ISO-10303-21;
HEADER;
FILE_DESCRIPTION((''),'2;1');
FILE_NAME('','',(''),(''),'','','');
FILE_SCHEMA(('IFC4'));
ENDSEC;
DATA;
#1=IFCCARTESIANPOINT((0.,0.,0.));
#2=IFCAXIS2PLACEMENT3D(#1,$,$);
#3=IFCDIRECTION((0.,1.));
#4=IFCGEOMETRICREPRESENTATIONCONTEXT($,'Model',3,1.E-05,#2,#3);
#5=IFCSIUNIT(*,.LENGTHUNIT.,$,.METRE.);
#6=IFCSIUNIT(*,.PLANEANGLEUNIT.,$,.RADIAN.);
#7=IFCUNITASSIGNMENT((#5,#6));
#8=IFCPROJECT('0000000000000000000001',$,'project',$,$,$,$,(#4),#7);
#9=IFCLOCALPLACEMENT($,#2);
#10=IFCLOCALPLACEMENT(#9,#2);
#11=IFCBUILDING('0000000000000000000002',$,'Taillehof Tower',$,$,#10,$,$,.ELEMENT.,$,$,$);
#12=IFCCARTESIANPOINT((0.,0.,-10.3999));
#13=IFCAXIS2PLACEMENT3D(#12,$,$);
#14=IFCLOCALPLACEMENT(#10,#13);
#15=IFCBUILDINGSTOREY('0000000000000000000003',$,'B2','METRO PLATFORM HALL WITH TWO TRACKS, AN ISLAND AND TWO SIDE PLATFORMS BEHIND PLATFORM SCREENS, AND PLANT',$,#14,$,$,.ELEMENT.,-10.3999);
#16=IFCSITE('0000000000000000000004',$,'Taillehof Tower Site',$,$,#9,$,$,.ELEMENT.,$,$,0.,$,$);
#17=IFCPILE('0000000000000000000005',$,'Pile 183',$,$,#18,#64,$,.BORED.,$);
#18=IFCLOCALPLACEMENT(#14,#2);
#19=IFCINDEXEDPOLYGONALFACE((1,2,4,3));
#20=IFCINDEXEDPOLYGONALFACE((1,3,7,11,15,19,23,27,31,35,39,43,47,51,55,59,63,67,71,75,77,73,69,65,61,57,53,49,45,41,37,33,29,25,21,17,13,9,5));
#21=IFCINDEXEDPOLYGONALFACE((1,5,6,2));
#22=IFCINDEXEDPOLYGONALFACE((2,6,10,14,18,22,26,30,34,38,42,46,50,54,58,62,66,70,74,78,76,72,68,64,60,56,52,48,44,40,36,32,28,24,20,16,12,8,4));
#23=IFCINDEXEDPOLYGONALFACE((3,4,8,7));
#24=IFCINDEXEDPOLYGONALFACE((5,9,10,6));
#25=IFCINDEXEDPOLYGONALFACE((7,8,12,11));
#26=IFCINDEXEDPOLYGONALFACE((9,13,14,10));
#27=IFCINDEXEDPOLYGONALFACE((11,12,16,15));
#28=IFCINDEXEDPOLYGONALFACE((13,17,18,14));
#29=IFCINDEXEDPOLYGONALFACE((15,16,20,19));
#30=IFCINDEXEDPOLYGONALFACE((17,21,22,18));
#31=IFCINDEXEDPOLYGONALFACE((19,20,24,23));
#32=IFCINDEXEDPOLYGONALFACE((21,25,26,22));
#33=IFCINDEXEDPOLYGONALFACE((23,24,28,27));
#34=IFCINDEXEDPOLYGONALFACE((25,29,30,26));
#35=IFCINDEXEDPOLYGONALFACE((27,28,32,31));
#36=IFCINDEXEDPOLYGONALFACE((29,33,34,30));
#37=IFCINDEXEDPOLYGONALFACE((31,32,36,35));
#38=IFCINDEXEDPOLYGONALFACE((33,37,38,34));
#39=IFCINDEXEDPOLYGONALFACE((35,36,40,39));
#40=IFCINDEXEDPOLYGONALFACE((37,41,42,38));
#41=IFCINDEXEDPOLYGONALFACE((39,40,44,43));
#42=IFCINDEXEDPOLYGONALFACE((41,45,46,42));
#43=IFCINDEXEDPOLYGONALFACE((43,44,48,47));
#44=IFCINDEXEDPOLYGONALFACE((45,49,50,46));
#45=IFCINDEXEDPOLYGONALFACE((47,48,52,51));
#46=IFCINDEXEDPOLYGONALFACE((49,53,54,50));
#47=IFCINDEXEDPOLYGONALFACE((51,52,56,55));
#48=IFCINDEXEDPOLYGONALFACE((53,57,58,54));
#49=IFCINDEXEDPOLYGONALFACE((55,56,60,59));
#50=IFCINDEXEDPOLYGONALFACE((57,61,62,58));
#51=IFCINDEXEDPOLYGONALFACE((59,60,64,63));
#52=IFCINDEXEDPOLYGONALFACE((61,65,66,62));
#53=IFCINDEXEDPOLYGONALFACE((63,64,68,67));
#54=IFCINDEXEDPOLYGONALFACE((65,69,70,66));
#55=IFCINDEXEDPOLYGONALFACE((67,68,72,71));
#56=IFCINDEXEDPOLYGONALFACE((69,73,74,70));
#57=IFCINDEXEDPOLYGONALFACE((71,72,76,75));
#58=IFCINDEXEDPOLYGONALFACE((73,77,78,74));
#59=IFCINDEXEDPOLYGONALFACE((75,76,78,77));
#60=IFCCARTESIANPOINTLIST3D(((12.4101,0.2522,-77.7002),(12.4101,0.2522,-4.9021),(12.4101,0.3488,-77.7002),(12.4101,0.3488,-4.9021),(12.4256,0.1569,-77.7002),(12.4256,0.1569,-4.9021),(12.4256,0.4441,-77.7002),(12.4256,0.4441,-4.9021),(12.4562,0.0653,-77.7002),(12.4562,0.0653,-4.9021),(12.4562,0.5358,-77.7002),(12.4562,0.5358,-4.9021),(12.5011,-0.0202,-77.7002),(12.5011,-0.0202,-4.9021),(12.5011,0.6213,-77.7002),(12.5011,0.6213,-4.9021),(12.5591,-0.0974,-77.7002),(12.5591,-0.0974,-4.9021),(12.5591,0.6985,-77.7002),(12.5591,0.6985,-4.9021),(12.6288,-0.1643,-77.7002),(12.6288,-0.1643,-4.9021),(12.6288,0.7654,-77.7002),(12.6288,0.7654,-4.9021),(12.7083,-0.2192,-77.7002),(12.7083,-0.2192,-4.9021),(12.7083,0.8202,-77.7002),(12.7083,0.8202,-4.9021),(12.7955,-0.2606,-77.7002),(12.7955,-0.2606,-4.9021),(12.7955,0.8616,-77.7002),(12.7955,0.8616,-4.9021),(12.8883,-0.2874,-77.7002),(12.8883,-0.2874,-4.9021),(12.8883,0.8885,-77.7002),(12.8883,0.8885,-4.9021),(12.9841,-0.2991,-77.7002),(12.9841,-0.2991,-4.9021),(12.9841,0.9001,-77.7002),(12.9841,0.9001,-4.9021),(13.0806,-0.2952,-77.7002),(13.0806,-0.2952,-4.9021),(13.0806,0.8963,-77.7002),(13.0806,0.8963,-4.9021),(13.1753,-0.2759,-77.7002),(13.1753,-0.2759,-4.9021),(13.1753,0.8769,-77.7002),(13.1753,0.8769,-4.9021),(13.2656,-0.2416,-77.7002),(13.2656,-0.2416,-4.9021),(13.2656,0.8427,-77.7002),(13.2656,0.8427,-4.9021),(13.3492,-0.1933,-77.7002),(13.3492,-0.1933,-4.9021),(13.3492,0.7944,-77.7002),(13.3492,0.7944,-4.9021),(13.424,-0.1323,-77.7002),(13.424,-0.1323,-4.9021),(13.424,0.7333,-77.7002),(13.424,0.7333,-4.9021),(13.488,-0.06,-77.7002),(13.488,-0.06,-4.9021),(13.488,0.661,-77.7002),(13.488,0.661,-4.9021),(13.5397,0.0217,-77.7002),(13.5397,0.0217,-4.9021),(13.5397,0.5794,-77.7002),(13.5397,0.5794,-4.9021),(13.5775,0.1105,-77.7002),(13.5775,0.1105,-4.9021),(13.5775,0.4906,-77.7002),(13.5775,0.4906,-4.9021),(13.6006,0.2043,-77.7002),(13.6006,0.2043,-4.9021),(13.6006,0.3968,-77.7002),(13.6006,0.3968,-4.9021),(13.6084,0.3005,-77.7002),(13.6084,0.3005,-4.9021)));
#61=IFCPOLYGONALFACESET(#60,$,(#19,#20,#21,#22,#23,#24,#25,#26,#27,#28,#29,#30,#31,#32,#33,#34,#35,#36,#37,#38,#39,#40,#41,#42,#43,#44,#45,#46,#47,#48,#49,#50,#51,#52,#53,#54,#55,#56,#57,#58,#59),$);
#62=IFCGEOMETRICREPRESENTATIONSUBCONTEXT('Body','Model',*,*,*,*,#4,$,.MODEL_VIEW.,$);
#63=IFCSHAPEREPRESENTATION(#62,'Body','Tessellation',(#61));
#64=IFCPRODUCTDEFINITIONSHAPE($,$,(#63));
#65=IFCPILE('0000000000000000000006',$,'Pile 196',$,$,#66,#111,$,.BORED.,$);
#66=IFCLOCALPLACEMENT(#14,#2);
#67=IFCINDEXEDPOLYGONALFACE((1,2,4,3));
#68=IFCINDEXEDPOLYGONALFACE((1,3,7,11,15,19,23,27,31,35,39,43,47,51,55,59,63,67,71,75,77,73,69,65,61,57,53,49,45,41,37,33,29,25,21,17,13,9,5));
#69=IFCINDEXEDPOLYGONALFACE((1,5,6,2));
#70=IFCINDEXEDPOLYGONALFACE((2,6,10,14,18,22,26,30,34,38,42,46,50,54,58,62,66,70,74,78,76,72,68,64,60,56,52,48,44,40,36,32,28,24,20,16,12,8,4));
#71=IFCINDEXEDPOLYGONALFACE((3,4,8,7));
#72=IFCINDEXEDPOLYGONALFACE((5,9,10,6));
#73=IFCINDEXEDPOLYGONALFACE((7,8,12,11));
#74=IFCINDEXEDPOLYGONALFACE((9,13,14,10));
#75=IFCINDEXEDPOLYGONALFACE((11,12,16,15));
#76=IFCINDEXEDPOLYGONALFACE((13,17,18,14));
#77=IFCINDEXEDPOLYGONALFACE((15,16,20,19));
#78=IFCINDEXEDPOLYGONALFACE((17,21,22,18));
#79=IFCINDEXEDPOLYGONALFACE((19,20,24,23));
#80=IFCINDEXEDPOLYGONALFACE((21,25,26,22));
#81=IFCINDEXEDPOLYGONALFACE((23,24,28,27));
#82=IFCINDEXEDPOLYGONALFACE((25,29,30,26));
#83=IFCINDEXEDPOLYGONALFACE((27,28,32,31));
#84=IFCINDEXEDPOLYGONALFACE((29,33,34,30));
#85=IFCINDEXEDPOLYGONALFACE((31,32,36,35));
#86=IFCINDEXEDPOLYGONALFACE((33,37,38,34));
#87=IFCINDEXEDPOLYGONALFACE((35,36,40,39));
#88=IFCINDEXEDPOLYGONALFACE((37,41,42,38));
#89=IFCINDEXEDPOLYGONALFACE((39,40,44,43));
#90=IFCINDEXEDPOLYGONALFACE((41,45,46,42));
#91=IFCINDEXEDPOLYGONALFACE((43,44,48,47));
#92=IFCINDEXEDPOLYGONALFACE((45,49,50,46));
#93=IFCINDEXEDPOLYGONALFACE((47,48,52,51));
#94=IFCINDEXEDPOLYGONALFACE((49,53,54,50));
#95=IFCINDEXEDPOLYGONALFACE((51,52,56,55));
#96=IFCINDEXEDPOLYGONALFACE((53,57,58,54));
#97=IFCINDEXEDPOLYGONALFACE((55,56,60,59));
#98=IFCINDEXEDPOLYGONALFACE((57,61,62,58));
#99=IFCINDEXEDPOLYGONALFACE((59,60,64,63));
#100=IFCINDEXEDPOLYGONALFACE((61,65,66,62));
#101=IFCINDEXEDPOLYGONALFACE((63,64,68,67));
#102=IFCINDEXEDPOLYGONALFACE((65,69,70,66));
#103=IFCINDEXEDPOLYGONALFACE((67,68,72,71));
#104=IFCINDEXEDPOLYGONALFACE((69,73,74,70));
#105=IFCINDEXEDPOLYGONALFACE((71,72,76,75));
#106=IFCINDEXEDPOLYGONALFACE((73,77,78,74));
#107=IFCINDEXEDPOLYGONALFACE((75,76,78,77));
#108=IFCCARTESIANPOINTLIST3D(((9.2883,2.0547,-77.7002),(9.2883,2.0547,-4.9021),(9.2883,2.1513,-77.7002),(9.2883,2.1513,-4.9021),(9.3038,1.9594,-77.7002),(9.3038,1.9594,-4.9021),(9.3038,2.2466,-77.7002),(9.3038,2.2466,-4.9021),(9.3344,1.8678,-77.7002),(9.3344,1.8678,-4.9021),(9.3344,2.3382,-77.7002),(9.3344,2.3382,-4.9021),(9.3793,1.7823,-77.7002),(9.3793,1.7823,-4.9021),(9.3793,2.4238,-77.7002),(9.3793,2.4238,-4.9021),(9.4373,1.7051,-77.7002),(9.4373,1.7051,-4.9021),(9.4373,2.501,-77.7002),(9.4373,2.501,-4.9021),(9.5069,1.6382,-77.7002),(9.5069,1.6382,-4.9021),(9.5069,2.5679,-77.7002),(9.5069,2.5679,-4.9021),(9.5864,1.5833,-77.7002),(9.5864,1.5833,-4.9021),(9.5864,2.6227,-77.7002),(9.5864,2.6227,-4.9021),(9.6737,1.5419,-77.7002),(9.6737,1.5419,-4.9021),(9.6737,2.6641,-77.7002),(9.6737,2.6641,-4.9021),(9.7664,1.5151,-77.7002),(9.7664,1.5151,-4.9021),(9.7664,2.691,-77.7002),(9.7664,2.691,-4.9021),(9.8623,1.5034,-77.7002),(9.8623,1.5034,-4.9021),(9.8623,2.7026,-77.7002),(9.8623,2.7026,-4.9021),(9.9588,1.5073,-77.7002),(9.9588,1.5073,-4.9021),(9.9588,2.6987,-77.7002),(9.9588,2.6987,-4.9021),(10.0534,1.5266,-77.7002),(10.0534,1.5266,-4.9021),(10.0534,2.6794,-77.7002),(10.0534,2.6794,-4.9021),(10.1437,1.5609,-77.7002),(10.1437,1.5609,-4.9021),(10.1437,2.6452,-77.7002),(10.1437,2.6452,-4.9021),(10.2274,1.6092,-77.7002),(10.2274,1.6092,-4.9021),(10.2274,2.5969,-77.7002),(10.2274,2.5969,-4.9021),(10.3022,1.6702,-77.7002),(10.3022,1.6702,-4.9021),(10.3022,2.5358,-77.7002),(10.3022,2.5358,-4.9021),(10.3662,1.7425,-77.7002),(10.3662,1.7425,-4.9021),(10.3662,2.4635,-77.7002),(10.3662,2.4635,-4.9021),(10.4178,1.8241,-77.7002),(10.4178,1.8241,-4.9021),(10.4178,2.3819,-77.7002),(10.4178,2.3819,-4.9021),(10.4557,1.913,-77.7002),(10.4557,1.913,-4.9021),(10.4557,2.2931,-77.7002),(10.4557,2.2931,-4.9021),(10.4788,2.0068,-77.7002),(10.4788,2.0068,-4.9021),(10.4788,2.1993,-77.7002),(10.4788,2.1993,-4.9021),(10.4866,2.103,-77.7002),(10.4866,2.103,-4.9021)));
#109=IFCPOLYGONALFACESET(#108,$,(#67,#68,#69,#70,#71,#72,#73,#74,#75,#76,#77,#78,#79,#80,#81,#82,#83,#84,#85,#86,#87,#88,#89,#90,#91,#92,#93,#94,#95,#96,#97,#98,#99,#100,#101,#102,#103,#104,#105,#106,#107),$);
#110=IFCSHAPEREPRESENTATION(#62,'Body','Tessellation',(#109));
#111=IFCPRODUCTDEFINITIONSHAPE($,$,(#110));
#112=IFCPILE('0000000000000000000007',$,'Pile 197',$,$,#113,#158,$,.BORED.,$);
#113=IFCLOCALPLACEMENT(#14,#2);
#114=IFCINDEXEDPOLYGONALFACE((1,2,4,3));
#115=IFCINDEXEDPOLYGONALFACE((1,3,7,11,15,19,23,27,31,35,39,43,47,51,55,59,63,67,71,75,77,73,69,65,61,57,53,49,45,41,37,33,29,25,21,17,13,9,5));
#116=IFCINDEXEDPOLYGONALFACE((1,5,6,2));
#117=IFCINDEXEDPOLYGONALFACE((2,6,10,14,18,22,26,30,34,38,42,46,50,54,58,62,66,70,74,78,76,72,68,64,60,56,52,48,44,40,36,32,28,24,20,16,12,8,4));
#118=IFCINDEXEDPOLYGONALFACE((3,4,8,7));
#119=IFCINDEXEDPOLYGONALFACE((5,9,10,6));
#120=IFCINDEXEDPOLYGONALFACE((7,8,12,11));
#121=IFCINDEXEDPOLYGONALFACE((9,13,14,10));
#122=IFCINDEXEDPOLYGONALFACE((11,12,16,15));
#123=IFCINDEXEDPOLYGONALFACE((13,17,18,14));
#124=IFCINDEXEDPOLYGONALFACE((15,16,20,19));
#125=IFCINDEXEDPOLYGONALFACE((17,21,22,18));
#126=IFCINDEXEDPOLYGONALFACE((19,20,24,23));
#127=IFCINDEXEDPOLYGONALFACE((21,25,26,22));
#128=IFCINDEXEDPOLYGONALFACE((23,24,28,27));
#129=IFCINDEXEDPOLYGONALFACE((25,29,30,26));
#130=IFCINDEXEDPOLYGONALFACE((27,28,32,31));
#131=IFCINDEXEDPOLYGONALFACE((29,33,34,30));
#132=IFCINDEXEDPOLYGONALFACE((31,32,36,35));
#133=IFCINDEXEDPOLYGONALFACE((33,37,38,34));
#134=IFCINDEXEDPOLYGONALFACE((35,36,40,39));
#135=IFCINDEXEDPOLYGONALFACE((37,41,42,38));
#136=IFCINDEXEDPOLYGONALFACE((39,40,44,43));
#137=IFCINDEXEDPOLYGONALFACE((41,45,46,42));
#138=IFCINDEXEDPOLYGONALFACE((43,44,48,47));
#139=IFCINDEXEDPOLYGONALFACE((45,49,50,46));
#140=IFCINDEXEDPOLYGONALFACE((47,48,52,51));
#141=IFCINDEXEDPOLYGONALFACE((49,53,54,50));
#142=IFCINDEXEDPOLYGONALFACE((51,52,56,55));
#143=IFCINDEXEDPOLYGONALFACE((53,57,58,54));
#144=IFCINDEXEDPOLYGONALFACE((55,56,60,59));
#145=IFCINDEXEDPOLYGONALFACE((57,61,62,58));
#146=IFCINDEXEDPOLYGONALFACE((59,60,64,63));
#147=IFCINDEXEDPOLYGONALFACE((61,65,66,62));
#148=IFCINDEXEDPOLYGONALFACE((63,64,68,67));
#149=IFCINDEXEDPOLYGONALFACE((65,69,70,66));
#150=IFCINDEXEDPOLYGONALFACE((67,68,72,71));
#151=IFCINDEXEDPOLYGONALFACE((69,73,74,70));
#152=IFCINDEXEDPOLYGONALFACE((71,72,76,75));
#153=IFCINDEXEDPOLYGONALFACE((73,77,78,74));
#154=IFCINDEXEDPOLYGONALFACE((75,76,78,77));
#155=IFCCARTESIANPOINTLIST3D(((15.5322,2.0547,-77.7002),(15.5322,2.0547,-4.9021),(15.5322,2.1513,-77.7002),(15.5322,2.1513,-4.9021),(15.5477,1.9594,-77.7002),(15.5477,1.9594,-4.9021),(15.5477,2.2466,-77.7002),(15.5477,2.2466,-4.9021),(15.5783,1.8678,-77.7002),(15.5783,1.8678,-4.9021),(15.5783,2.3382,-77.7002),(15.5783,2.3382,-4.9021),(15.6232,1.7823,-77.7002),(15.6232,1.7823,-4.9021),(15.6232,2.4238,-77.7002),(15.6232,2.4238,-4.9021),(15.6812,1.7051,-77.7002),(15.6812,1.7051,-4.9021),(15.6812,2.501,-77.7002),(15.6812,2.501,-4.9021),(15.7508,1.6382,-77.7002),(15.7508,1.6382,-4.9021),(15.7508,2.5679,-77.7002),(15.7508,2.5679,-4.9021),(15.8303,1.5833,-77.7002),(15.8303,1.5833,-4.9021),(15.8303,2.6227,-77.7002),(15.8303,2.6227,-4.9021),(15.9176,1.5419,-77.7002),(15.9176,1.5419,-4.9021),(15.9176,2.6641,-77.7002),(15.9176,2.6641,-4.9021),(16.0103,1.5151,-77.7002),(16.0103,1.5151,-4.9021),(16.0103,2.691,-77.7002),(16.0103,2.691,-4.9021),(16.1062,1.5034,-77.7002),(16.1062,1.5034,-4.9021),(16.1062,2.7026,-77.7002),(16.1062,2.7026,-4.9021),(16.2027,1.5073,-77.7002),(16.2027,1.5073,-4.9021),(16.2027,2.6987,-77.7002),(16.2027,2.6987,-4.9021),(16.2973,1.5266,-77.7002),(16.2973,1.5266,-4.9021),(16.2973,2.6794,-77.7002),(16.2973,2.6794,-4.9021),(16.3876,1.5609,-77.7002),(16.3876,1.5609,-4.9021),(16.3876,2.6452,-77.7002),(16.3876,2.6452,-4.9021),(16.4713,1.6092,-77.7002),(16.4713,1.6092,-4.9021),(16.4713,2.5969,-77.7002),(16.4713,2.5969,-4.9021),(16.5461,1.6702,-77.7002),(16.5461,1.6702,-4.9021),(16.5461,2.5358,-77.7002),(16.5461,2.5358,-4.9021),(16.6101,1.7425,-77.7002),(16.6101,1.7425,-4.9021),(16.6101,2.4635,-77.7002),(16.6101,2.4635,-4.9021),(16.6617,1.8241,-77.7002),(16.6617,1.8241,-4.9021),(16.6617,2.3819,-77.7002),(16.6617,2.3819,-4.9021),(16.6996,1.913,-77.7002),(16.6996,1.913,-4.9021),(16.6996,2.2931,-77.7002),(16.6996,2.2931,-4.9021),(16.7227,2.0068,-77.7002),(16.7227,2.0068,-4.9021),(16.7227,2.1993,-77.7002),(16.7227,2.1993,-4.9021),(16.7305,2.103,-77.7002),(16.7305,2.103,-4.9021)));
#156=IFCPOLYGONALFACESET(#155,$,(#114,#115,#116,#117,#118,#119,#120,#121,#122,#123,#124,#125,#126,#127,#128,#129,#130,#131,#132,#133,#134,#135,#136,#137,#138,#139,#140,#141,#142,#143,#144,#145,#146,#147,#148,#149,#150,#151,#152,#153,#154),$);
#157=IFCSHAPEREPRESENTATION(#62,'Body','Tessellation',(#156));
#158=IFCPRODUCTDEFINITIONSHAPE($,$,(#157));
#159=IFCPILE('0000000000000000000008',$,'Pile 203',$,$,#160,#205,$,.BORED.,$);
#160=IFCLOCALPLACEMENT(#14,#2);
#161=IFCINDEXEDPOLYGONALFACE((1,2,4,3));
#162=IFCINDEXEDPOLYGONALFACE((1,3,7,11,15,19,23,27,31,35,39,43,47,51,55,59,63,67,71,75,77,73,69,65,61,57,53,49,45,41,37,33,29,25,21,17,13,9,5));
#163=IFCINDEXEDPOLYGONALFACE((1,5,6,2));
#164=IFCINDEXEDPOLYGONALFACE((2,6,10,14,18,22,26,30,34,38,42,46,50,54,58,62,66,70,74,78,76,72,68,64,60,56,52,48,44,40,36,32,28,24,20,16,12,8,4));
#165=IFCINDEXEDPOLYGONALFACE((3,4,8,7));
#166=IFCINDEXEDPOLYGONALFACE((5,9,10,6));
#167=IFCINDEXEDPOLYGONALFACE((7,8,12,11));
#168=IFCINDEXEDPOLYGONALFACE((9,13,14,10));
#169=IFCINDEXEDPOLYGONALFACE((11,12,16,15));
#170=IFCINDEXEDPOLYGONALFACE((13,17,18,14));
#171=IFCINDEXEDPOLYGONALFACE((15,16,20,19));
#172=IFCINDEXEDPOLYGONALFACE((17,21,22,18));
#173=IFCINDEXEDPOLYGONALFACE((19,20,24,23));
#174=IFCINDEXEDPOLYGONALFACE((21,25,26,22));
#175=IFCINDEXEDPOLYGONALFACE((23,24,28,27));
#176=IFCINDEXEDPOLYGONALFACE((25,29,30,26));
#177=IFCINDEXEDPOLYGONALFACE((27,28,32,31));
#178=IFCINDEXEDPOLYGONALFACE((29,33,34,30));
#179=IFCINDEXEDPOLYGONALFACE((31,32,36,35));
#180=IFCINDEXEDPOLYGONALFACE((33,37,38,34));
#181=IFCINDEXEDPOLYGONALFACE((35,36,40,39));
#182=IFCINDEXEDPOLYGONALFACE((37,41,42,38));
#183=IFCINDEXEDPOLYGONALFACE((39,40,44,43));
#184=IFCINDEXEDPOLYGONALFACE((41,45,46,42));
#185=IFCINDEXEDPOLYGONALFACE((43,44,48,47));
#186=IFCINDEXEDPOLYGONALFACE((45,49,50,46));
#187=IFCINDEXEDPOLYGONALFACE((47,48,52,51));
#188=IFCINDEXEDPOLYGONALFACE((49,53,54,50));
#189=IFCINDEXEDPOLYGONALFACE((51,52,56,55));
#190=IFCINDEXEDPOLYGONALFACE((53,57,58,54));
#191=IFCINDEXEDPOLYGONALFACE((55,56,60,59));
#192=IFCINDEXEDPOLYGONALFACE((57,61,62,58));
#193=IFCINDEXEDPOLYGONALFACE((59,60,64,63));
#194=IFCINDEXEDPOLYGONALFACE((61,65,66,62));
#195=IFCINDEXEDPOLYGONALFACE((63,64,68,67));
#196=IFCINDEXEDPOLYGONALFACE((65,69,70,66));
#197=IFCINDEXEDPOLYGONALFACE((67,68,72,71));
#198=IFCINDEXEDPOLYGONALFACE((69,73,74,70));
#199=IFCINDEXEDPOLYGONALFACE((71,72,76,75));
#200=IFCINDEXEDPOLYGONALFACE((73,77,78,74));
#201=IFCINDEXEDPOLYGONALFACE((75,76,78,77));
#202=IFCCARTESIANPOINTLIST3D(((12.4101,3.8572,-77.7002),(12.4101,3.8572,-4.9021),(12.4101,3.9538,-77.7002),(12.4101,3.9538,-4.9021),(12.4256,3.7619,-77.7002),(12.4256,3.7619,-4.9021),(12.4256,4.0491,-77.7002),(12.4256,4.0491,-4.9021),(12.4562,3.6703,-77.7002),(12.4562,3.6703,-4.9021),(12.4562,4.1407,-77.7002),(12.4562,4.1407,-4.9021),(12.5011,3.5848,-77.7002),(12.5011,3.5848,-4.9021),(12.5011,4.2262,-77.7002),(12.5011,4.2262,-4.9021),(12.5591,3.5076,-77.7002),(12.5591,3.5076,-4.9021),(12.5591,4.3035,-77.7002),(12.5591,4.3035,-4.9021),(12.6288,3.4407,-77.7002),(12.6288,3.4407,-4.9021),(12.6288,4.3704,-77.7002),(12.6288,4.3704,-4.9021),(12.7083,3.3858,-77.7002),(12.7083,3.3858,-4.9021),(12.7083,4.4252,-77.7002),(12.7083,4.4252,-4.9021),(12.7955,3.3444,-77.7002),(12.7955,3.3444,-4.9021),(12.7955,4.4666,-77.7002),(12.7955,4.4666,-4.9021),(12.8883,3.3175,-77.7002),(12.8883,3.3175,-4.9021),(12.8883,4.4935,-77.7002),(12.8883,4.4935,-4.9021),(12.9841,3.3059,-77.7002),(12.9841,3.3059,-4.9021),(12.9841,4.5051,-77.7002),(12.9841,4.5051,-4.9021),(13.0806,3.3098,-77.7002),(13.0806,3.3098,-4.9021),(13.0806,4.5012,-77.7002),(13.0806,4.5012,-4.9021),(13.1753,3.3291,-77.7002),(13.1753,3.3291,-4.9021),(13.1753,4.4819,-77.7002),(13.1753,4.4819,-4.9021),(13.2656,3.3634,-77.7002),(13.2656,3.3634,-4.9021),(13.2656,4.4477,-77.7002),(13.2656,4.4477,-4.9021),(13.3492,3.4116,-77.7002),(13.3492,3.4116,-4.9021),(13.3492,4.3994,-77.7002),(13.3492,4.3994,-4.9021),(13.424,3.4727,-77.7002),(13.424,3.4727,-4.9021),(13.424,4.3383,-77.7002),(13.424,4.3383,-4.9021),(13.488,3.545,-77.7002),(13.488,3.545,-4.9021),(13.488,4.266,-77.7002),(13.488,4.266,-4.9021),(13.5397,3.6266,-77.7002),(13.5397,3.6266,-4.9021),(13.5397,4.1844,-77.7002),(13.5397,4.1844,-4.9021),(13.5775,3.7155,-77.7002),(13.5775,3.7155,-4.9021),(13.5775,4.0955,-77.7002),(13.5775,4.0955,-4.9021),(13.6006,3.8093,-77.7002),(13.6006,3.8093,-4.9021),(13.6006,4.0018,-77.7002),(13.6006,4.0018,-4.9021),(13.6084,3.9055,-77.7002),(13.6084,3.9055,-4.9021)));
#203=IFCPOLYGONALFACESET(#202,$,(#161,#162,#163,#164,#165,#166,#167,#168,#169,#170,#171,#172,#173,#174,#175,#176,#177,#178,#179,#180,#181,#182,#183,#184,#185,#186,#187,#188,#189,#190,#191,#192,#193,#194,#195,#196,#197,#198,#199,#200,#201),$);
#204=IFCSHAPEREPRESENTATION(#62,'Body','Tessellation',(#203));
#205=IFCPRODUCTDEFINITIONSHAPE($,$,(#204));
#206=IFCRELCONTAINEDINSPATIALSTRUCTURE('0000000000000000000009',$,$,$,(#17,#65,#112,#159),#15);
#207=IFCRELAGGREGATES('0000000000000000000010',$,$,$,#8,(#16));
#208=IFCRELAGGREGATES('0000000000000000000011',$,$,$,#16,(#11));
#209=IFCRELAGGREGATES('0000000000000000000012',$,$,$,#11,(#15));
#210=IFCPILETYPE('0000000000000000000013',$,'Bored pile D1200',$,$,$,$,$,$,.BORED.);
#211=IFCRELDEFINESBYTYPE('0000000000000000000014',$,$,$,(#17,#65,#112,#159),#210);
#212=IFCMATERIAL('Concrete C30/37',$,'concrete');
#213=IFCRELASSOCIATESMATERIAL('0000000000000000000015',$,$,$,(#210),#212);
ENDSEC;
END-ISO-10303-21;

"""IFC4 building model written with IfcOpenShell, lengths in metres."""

from ifc_helpers import new_model, si_unit, direction, frame, origin, origin_2d, place, context, subcontext, project, spatial, circle, extrude, material, material_profile, profile_set, type_object, element, save


model = new_model("IFC4")

# Units and contexts
model_context = context("Model", 3, precision=1e-05, world=origin(), true_north=direction((0.0, 1.0)))
body_context = subcontext(model_context, "Body", "Model", "MODEL_VIEW")
ifc_project = project(units=[si_unit("LENGTHUNIT", "METRE"), si_unit("PLANEANGLEUNIT", "RADIAN")], contexts=[model_context])

# Site, building, storey
site_placement = place(None, origin())
site = spatial("IfcSite", under=ifc_project, at=site_placement, Name="Taillehof Tower Site", CompositionType="ELEMENT", RefElevation=0.0)
building_placement = place(site_placement, origin())
building = spatial("IfcBuilding", under=site, at=building_placement, Name="Taillehof Tower", CompositionType="ELEMENT")
storey_placement = place(building_placement, frame((0.0, 0.0, -10.3999)))
storey = spatial("IfcBuildingStorey", under=building, at=storey_placement, Name="B2", Description="METRO PLATFORM HALL WITH TWO TRACKS, AN ISLAND AND TWO SIDE PLATFORMS BEHIND PLATFORM SCREENS, AND PLANT", CompositionType="ELEMENT", Elevation=-10.3999)

# Piles
ifc_material_1 = material(Name="Concrete C30/37", Category="concrete")
ifc_material_profile = material_profile(ifc_material_1, circle(Radius=0.6001, at=origin_2d()), Name="BP D1200")
ifc_profile_set = profile_set([ifc_material_profile], Name="Concrete C30/37")
pile_type = type_object("IfcPileType", Name="Bored pile D1200", PredefinedType="BORED", material=ifc_profile_set)
for number, where, z_axis, x_axis, name in (
    (1, (13.0083, 0.3005, -4.9021), (0.0, 0.0, -1.0), (1.0, 0.0, 0.0), "Pile 183"),
    (2, (9.8865, 2.103, -4.9021), (0.0, 0.0, -1.0), (1.0, 0.0, 0.0), "Pile 196"),
    (3, (16.1304, 2.103, -4.9021), (0.0, 0.0, -1.0), (1.0, 0.0, 0.0), "Pile 197"),
    (4, (13.0083, 3.9055, -4.9021), (0.0, 0.0, -1.0), (1.0, 0.0, 0.0), "Pile 203"),
):
    element("IfcPile", number, at=place(storey_placement, frame(where, z_axis=z_axis, x_axis=x_axis)), inside=storey, type_object=pile_type, Name=name, PredefinedType="BORED", context=body_context, shape_type="SweptSolid", body=[
        extrude(circle(Radius=0.6001, at=origin_2d()), origin(), (0.0, 0.0, 1.0), 72.7981),
    ])

save(model, "model.ifc")
